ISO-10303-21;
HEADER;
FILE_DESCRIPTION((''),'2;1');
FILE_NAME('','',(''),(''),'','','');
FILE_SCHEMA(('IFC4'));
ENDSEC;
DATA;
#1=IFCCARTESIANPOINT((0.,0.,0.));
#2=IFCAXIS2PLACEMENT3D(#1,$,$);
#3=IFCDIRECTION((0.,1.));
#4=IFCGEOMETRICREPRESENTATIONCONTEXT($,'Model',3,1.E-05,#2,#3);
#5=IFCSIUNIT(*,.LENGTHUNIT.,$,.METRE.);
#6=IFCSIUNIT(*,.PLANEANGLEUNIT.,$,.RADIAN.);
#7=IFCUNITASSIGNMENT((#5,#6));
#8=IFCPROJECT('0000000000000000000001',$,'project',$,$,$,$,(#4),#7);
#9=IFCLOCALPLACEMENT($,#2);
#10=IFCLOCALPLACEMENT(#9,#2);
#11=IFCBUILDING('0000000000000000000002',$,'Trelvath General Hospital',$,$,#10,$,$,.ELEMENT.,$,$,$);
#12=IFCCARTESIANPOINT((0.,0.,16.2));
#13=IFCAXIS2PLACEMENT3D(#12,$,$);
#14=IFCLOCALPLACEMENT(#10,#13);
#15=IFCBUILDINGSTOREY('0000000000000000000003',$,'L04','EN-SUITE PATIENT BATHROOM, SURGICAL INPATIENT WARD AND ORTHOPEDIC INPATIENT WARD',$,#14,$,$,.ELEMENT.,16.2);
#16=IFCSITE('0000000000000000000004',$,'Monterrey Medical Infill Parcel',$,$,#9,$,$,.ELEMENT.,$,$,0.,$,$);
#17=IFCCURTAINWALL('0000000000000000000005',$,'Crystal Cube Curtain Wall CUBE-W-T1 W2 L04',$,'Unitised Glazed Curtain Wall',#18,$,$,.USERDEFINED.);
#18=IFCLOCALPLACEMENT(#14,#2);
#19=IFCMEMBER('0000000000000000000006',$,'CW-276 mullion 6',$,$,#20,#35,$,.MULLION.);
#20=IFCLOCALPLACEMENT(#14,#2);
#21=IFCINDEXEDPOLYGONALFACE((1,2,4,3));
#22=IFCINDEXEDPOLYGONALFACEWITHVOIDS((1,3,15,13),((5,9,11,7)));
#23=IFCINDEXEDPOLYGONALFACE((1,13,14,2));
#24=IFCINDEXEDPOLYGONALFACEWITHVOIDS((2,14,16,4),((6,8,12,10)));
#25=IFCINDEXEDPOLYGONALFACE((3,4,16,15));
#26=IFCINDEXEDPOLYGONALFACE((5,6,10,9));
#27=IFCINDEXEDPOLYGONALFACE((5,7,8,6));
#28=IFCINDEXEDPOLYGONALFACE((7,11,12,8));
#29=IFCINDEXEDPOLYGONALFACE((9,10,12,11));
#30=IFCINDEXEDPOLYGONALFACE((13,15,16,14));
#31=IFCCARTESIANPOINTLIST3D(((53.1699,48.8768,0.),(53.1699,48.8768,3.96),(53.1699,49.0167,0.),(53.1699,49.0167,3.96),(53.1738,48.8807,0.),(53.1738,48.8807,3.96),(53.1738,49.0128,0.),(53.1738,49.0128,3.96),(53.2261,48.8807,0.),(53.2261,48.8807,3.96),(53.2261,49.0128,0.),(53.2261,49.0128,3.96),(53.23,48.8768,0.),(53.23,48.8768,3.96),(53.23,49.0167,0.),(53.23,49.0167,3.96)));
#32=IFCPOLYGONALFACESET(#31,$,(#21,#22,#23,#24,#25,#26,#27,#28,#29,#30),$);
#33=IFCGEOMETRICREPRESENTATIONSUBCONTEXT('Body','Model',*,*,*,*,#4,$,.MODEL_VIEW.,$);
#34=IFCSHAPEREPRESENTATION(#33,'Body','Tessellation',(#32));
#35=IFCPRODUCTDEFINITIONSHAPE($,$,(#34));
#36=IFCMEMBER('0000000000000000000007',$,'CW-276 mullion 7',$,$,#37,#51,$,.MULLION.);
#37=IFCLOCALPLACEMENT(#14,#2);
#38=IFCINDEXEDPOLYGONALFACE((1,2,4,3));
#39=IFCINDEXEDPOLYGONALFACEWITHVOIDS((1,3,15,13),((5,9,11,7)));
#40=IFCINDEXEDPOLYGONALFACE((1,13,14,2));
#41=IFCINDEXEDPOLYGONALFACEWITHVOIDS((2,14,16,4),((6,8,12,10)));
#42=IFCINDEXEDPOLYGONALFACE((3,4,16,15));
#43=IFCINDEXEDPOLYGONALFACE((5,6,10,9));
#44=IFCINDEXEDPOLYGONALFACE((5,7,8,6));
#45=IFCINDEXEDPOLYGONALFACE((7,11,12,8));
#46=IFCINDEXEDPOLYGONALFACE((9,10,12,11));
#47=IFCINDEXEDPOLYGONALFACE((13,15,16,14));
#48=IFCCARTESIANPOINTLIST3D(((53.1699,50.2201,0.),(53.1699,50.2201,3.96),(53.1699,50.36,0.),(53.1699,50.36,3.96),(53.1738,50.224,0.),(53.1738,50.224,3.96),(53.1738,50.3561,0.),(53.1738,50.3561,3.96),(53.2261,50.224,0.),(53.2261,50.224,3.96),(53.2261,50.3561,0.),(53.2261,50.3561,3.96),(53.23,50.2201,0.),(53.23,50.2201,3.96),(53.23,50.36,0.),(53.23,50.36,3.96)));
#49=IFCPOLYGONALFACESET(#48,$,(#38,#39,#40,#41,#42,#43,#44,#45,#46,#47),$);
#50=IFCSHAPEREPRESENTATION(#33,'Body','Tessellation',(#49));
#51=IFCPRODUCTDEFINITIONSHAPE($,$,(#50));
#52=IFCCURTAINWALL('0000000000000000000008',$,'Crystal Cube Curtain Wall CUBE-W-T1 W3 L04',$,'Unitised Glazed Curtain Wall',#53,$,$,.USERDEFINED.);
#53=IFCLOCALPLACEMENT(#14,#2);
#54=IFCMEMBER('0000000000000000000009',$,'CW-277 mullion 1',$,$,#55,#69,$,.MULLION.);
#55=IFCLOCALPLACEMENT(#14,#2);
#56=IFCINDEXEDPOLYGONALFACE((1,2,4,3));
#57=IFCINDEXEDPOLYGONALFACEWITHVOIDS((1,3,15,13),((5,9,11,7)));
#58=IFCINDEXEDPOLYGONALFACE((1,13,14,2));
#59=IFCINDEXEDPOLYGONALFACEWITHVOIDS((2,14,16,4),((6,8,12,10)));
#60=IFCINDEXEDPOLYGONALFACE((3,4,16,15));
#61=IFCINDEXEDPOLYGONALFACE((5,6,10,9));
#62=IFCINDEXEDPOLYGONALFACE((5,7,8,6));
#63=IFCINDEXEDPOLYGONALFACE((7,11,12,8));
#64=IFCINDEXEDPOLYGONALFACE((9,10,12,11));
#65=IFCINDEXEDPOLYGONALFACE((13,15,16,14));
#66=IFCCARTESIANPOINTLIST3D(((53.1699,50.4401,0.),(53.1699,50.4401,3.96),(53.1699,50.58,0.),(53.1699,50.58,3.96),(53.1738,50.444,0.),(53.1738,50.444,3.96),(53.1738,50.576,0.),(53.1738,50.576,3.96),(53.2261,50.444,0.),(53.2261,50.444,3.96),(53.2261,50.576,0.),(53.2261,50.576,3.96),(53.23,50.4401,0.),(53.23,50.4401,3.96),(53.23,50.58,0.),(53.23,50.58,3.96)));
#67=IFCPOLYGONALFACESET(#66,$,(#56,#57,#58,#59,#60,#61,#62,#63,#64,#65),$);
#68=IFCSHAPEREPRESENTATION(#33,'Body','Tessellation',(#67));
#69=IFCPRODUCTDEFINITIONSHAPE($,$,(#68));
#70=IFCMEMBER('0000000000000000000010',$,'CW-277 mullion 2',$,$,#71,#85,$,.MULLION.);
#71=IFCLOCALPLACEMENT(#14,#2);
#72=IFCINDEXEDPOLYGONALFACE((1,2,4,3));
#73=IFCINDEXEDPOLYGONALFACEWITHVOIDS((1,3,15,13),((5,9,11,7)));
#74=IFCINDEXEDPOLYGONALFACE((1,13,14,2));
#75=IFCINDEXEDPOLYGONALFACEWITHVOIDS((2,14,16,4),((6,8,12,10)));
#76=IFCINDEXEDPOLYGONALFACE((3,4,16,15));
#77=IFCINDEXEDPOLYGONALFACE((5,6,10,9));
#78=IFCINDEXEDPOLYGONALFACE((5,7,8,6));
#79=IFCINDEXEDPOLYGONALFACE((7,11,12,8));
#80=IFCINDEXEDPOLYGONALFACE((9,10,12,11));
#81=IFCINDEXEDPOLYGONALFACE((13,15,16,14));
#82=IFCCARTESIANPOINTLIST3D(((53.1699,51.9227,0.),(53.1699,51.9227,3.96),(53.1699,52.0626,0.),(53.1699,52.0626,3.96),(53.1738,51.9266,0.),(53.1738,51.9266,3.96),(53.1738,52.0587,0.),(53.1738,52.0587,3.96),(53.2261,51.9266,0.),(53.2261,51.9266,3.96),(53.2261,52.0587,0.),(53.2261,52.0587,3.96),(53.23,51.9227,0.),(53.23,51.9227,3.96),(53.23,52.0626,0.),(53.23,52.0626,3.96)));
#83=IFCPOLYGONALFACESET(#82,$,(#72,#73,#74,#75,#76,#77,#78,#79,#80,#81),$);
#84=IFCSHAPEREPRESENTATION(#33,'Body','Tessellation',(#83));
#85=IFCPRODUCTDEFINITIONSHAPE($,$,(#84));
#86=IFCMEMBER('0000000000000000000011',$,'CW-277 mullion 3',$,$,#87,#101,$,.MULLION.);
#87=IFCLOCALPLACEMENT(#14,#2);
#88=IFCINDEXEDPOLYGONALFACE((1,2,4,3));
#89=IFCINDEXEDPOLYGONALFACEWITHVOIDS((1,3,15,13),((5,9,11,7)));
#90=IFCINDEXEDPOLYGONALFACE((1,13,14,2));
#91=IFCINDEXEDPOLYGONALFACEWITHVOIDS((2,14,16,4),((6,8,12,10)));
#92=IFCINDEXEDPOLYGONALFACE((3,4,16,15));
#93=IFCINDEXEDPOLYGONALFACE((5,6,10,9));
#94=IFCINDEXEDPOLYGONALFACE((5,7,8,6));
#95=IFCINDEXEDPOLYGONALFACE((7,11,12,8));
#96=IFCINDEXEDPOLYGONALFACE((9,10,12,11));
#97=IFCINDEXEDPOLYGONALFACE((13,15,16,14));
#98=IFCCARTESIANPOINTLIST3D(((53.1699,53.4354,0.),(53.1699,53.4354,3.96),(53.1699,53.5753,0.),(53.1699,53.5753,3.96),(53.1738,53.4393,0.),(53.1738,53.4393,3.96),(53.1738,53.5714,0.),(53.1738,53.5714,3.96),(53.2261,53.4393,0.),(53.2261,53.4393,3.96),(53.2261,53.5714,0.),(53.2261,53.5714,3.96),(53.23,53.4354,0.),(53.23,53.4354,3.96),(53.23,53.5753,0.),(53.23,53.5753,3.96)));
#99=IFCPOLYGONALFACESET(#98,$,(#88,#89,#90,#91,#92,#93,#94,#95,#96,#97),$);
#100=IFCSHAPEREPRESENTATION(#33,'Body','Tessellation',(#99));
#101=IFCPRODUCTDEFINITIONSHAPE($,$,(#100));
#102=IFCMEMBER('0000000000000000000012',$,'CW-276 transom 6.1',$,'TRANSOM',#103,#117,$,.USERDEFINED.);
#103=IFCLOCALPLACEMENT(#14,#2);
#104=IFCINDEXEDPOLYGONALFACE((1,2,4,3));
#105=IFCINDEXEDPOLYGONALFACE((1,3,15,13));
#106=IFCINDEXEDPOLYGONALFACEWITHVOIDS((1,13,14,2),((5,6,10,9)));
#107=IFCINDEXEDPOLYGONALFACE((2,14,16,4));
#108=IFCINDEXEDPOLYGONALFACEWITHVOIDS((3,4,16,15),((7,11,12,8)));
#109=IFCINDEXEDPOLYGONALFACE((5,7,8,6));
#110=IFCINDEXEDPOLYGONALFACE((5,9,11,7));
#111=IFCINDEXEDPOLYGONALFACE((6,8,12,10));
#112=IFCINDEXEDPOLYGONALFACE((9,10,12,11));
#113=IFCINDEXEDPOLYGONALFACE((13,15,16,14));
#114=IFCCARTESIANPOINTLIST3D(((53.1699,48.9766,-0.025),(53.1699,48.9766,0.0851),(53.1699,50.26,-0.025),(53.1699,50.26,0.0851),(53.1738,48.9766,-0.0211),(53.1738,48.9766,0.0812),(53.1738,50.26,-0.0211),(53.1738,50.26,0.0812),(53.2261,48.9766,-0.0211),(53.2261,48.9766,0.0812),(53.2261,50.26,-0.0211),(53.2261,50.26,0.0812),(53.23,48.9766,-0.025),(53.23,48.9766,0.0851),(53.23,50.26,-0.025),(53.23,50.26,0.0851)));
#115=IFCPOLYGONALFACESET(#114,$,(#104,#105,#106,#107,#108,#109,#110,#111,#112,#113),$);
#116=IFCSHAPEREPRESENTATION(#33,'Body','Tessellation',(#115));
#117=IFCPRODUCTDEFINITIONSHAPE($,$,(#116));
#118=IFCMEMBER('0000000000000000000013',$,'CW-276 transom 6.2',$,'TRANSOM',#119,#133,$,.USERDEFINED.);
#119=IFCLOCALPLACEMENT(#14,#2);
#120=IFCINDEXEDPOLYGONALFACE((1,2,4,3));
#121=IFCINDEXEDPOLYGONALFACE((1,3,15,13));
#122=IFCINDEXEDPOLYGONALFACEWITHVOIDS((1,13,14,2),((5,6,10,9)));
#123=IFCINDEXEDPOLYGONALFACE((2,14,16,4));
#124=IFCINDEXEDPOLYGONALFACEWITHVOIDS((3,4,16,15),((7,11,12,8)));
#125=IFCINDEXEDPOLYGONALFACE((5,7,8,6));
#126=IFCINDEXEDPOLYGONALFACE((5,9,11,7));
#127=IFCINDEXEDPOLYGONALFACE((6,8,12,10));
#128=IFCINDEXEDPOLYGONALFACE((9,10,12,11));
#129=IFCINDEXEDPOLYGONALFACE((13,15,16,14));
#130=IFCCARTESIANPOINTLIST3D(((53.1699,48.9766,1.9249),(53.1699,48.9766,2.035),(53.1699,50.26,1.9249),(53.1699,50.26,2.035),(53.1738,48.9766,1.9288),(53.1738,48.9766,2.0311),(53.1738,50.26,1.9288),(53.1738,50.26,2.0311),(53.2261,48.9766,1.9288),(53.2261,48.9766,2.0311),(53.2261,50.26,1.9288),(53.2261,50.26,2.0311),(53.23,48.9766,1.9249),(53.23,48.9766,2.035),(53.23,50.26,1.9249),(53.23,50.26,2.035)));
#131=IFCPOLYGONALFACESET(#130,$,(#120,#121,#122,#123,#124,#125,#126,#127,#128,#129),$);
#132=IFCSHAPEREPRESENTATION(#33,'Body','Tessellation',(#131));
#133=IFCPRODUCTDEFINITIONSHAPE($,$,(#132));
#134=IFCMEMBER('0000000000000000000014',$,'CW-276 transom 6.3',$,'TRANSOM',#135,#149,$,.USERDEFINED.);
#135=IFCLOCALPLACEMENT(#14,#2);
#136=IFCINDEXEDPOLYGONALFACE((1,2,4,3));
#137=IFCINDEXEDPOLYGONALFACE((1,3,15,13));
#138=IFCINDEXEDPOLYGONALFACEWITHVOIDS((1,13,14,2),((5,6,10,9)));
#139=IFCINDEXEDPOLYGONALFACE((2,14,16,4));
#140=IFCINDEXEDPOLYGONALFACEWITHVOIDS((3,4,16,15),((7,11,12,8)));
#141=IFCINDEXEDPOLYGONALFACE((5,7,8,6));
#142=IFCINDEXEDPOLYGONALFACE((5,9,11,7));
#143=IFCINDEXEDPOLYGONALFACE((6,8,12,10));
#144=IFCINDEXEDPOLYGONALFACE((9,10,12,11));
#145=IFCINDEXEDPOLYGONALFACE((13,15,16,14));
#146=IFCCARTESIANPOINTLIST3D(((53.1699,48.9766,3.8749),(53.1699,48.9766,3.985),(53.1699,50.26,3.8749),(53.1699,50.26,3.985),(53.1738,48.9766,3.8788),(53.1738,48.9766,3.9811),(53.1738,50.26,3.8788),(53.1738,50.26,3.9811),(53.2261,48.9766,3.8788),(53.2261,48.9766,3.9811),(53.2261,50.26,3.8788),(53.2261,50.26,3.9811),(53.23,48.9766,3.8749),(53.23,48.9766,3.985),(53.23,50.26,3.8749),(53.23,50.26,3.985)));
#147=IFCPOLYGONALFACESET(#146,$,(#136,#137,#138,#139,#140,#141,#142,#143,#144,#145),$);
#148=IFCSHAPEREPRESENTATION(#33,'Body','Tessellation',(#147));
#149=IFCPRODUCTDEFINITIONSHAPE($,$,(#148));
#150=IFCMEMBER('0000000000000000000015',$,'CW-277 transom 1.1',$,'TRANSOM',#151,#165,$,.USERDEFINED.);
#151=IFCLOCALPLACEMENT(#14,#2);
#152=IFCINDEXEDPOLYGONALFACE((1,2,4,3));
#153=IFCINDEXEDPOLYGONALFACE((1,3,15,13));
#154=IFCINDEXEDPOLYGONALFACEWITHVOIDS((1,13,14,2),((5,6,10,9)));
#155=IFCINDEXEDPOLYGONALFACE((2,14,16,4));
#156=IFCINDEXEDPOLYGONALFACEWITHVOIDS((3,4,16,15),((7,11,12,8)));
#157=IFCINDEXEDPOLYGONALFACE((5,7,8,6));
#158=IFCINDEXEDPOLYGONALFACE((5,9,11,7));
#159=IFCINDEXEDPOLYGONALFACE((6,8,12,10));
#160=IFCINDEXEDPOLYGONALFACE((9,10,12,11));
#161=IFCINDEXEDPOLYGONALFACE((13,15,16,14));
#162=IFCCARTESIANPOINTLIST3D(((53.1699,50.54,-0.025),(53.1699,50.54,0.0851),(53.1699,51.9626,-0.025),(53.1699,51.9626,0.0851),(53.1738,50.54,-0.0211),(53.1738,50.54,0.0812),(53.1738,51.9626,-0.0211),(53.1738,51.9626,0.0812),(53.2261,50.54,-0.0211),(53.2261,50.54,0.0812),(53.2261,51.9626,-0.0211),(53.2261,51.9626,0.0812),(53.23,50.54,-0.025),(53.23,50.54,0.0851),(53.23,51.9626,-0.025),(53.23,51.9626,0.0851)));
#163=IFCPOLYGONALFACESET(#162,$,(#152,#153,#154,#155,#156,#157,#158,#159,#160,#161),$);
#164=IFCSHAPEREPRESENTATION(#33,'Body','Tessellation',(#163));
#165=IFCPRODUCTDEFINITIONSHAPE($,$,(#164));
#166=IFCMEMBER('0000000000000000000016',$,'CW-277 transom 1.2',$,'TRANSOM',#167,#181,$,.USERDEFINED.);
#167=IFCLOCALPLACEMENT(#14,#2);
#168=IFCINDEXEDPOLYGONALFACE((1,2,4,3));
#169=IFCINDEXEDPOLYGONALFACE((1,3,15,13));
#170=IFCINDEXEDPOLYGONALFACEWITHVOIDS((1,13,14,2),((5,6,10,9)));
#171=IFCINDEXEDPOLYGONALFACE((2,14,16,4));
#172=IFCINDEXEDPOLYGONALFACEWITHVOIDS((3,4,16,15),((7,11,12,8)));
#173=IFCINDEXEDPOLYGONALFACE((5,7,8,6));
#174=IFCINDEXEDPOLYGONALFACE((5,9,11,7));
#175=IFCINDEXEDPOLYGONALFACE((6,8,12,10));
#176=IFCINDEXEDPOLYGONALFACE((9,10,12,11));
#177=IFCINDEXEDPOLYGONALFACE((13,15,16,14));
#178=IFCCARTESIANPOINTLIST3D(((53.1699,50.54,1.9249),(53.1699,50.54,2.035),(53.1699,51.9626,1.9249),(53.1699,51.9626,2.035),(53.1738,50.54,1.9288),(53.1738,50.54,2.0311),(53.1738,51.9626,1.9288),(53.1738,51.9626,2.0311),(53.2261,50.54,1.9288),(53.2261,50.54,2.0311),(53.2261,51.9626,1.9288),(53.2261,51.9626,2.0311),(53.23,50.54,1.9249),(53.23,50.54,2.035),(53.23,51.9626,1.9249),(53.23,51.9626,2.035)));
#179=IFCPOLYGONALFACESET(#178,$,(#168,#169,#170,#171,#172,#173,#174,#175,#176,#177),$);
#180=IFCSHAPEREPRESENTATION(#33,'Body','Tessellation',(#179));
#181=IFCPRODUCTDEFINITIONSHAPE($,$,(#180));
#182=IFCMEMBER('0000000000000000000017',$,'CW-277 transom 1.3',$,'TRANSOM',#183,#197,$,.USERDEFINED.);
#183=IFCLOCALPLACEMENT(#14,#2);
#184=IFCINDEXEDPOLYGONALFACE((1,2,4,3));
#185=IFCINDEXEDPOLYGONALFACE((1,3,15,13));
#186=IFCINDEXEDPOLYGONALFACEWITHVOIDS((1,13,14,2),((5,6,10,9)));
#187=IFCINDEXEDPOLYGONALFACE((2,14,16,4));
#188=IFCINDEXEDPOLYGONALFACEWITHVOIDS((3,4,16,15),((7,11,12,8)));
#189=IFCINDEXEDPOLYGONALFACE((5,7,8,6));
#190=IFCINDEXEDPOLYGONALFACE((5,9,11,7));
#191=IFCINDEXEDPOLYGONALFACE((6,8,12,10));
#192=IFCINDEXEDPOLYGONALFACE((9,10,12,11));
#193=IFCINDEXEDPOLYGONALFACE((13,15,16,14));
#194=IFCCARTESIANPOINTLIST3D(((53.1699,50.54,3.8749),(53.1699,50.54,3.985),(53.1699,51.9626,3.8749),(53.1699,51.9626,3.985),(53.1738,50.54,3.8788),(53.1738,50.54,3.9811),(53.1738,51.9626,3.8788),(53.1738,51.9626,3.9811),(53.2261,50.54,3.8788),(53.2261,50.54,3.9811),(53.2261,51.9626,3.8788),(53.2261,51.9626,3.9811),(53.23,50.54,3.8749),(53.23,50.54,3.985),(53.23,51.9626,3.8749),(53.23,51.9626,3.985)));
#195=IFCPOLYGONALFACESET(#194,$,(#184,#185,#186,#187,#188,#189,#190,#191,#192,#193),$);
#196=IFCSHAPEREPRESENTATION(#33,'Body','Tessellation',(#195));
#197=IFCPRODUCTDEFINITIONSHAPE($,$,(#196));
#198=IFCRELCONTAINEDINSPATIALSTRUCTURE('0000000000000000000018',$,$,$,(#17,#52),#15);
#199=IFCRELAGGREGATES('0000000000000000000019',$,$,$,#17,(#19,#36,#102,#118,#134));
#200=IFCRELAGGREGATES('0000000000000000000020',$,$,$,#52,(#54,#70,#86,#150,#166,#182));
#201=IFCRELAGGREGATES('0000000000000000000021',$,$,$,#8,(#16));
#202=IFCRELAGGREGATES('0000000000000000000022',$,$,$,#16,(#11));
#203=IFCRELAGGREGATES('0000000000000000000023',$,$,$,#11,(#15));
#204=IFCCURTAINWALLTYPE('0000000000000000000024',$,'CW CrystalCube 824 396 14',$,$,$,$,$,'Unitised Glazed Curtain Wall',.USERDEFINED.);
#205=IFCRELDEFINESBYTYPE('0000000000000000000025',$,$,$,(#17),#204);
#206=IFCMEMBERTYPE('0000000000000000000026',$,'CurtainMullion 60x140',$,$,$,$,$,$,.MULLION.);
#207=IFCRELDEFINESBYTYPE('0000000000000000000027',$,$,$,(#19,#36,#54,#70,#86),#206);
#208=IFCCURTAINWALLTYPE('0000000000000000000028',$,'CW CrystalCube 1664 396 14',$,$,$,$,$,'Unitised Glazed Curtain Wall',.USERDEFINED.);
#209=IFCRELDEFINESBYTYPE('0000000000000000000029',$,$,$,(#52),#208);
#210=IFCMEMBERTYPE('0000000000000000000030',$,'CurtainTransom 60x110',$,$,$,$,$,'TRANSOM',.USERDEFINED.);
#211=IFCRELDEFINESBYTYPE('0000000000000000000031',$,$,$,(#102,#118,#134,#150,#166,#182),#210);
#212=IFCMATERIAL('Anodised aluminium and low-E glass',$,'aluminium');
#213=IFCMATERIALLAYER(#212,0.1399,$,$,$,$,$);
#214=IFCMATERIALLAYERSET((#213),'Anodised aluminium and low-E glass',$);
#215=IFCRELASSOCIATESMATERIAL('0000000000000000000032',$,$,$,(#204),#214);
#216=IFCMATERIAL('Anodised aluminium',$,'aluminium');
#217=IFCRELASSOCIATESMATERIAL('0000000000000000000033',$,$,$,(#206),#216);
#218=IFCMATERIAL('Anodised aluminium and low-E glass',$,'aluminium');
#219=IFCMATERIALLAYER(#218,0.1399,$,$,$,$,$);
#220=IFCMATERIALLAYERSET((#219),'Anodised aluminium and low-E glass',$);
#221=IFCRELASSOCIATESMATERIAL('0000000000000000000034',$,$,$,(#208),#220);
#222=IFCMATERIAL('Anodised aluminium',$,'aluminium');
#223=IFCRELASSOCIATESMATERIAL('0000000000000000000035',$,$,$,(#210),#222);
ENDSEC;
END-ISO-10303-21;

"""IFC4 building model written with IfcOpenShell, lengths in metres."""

from ifc_helpers import new_model, si_unit, direction, frame, origin, origin_2d, place, context, subcontext, project, spatial, hollow_rectangle, extrude, material, layer, layer_set, material_profile, profile_set, type_object, element, aggregate, save


model = new_model("IFC4")

# Units and contexts
model_context = context("Model", 3, precision=1e-05, world=origin(), true_north=direction((0.0, 1.0)))
body_context = subcontext(model_context, "Body", "Model", "MODEL_VIEW")
ifc_project = project(units=[si_unit("LENGTHUNIT", "METRE"), si_unit("PLANEANGLEUNIT", "RADIAN")], contexts=[model_context])

# Site, building, storey
site_placement = place(None, origin())
site = spatial("IfcSite", under=ifc_project, at=site_placement, Name="Monterrey Medical Infill Parcel", CompositionType="ELEMENT", RefElevation=0.0)
building_placement = place(site_placement, origin())
building = spatial("IfcBuilding", under=site, at=building_placement, Name="Trelvath General Hospital", CompositionType="ELEMENT")
storey_placement = place(building_placement, frame((0.0, 0.0, 16.2)))
storey = spatial("IfcBuildingStorey", under=building, at=storey_placement, Name="L04", Description="EN-SUITE PATIENT BATHROOM, SURGICAL INPATIENT WARD AND ORTHOPEDIC INPATIENT WARD", CompositionType="ELEMENT", Elevation=16.2)

# Curtain walls, members
ifc_material_1 = material(Name="Anodised aluminium and low-E glass", Category="aluminium")
ifc_layer_1 = layer(ifc_material_1, 0.1399)
ifc_layer_set_1 = layer_set([ifc_layer_1], Name="Anodised aluminium and low-E glass")
curtain_wall_type_1 = type_object("IfcCurtainWallType", Name="CW CrystalCube 824 396 14", ElementType="Unitised Glazed Curtain Wall", PredefinedType="USERDEFINED", material=ifc_layer_set_1)
curtain_wall_1_placement = place(storey_placement, origin())
curtain_wall_1 = element("IfcCurtainWall", 1, at=curtain_wall_1_placement, inside=storey, type_object=curtain_wall_type_1, Name="Crystal Cube Curtain Wall CUBE-W-T1 W2 L04", ObjectType="Unitised Glazed Curtain Wall", PredefinedType="USERDEFINED")
ifc_material_2 = material(Name="Anodised aluminium", Category="aluminium")
ifc_material_profile_1 = material_profile(ifc_material_2, hollow_rectangle(XDim=0.0601, YDim=0.1399, WallThickness=0.0039, at=origin_2d()), Name="RHS60x140x4")
ifc_profile_set_1 = profile_set([ifc_material_profile_1], Name="Anodised aluminium")
member_type_1 = type_object("IfcMemberType", Name="CurtainMullion 60x140", PredefinedType="MULLION", material=ifc_profile_set_1)
member_1_placement = place(storey_placement, frame((53.2, 48.9468, 0.0), z_axis=(0.0, 0.0, 1.0), x_axis=(-1.0, 0.0, 0.0)))
member_1 = element("IfcMember", 2, at=member_1_placement, type_object=member_type_1, Name="CW-276 mullion 6", PredefinedType="MULLION", context=body_context, shape_type="SweptSolid", body=[
    extrude(hollow_rectangle(XDim=0.0601, YDim=0.1399, WallThickness=0.0039, at=origin_2d()), origin(), (0.0, 0.0, 1.0), 3.96),
])
member_2_placement = place(storey_placement, frame((53.2, 50.29, 0.0), z_axis=(0.0, 0.0, 1.0), x_axis=(-1.0, 0.0, 0.0)))
member_2 = element("IfcMember", 3, at=member_2_placement, type_object=member_type_1, Name="CW-276 mullion 7", PredefinedType="MULLION", context=body_context, shape_type="SweptSolid", body=[
    extrude(hollow_rectangle(XDim=0.0601, YDim=0.1399, WallThickness=0.0039, at=origin_2d()), origin(), (0.0, 0.0, 1.0), 3.96),
])
ifc_material_3 = material(Name="Anodised aluminium and low-E glass", Category="aluminium")
ifc_layer_2 = layer(ifc_material_3, 0.1399)
ifc_layer_set_2 = layer_set([ifc_layer_2], Name="Anodised aluminium and low-E glass")
curtain_wall_type_2 = type_object("IfcCurtainWallType", Name="CW CrystalCube 1664 396 14", ElementType="Unitised Glazed Curtain Wall", PredefinedType="USERDEFINED", material=ifc_layer_set_2)
curtain_wall_2_placement = place(storey_placement, origin())
curtain_wall_2 = element("IfcCurtainWall", 4, at=curtain_wall_2_placement, inside=storey, type_object=curtain_wall_type_2, Name="Crystal Cube Curtain Wall CUBE-W-T1 W3 L04", ObjectType="Unitised Glazed Curtain Wall", PredefinedType="USERDEFINED")
member_3_placement = place(storey_placement, frame((53.2, 50.51, 0.0), z_axis=(0.0, 0.0, 1.0), x_axis=(-1.0, 0.0, 0.0)))
member_3 = element("IfcMember", 5, at=member_3_placement, type_object=member_type_1, Name="CW-277 mullion 1", PredefinedType="MULLION", context=body_context, shape_type="SweptSolid", body=[
    extrude(hollow_rectangle(XDim=0.0601, YDim=0.1399, WallThickness=0.0039, at=origin_2d()), origin(), (0.0, 0.0, 1.0), 3.96),
])
member_4_placement = place(storey_placement, frame((53.2, 51.9927, 0.0), z_axis=(0.0, 0.0, 1.0), x_axis=(-1.0, 0.0, 0.0)))
member_4 = element("IfcMember", 6, at=member_4_placement, type_object=member_type_1, Name="CW-277 mullion 2", PredefinedType="MULLION", context=body_context, shape_type="SweptSolid", body=[
    extrude(hollow_rectangle(XDim=0.0601, YDim=0.1399, WallThickness=0.0039, at=origin_2d()), origin(), (0.0, 0.0, 1.0), 3.96),
])
member_5_placement = place(storey_placement, frame((53.2, 53.5054, 0.0), z_axis=(0.0, 0.0, 1.0), x_axis=(-1.0, 0.0, 0.0)))
member_5 = element("IfcMember", 7, at=member_5_placement, type_object=member_type_1, Name="CW-277 mullion 3", PredefinedType="MULLION", context=body_context, shape_type="SweptSolid", body=[
    extrude(hollow_rectangle(XDim=0.0601, YDim=0.1399, WallThickness=0.0039, at=origin_2d()), origin(), (0.0, 0.0, 1.0), 3.96),
])

# Members
ifc_material_4 = material(Name="Anodised aluminium", Category="aluminium")
ifc_material_profile_2 = material_profile(ifc_material_4, hollow_rectangle(XDim=0.0601, YDim=0.1101, WallThickness=0.0039, at=origin_2d()), Name="RHS60x110x4")
ifc_profile_set_2 = profile_set([ifc_material_profile_2], Name="Anodised aluminium")
member_type_2 = type_object("IfcMemberType", Name="CurtainTransom 60x110", ElementType="TRANSOM", PredefinedType="USERDEFINED", material=ifc_profile_set_2)
member_6_placement = place(storey_placement, frame((53.2, 48.9766, 0.03), z_axis=(0.0, 1.0, 0.0), x_axis=(-1.0, 0.0, 0.0)))
member_6 = element("IfcMember", 8, at=member_6_placement, type_object=member_type_2, Name="CW-276 transom 6.1", ObjectType="TRANSOM", PredefinedType="USERDEFINED", context=body_context, shape_type="SweptSolid", body=[
    extrude(hollow_rectangle(XDim=0.0601, YDim=0.1101, WallThickness=0.0039, at=origin_2d()), origin(), (0.0, 0.0, 1.0), 1.2834),
])
member_7_placement = place(storey_placement, frame((53.2, 48.9766, 1.98), z_axis=(0.0, 1.0, 0.0), x_axis=(-1.0, 0.0, 0.0)))
member_7 = element("IfcMember", 9, at=member_7_placement, type_object=member_type_2, Name="CW-276 transom 6.2", ObjectType="TRANSOM", PredefinedType="USERDEFINED", context=body_context, shape_type="SweptSolid", body=[
    extrude(hollow_rectangle(XDim=0.0601, YDim=0.1101, WallThickness=0.0039, at=origin_2d()), origin(), (0.0, 0.0, 1.0), 1.2834),
])
member_8_placement = place(storey_placement, frame((53.2, 48.9766, 3.9299), z_axis=(0.0, 1.0, 0.0), x_axis=(-1.0, 0.0, 0.0)))
member_8 = element("IfcMember", 10, at=member_8_placement, type_object=member_type_2, Name="CW-276 transom 6.3", ObjectType="TRANSOM", PredefinedType="USERDEFINED", context=body_context, shape_type="SweptSolid", body=[
    extrude(hollow_rectangle(XDim=0.0601, YDim=0.1101, WallThickness=0.0039, at=origin_2d()), origin(), (0.0, 0.0, 1.0), 1.2834),
])
member_9_placement = place(storey_placement, frame((53.2, 50.54, 0.03), z_axis=(0.0, 1.0, 0.0), x_axis=(-1.0, 0.0, 0.0)))
member_9 = element("IfcMember", 11, at=member_9_placement, type_object=member_type_2, Name="CW-277 transom 1.1", ObjectType="TRANSOM", PredefinedType="USERDEFINED", context=body_context, shape_type="SweptSolid", body=[
    extrude(hollow_rectangle(XDim=0.0601, YDim=0.1101, WallThickness=0.0039, at=origin_2d()), origin(), (0.0, 0.0, 1.0), 1.4226),
])
member_10_placement = place(storey_placement, frame((53.2, 50.54, 1.98), z_axis=(0.0, 1.0, 0.0), x_axis=(-1.0, 0.0, 0.0)))
member_10 = element("IfcMember", 12, at=member_10_placement, type_object=member_type_2, Name="CW-277 transom 1.2", ObjectType="TRANSOM", PredefinedType="USERDEFINED", context=body_context, shape_type="SweptSolid", body=[
    extrude(hollow_rectangle(XDim=0.0601, YDim=0.1101, WallThickness=0.0039, at=origin_2d()), origin(), (0.0, 0.0, 1.0), 1.4226),
])
member_11_placement = place(storey_placement, frame((53.2, 50.54, 3.9299), z_axis=(0.0, 1.0, 0.0), x_axis=(-1.0, 0.0, 0.0)))
member_11 = element("IfcMember", 13, at=member_11_placement, type_object=member_type_2, Name="CW-277 transom 1.3", ObjectType="TRANSOM", PredefinedType="USERDEFINED", context=body_context, shape_type="SweptSolid", body=[
    extrude(hollow_rectangle(XDim=0.0601, YDim=0.1101, WallThickness=0.0039, at=origin_2d()), origin(), (0.0, 0.0, 1.0), 1.4226),
])

aggregate(curtain_wall_1, [member_1, member_2, member_6, member_7, member_8])
aggregate(curtain_wall_2, [member_3, member_4, member_5, member_9, member_10, member_11])

save(model, "model.ifc")
